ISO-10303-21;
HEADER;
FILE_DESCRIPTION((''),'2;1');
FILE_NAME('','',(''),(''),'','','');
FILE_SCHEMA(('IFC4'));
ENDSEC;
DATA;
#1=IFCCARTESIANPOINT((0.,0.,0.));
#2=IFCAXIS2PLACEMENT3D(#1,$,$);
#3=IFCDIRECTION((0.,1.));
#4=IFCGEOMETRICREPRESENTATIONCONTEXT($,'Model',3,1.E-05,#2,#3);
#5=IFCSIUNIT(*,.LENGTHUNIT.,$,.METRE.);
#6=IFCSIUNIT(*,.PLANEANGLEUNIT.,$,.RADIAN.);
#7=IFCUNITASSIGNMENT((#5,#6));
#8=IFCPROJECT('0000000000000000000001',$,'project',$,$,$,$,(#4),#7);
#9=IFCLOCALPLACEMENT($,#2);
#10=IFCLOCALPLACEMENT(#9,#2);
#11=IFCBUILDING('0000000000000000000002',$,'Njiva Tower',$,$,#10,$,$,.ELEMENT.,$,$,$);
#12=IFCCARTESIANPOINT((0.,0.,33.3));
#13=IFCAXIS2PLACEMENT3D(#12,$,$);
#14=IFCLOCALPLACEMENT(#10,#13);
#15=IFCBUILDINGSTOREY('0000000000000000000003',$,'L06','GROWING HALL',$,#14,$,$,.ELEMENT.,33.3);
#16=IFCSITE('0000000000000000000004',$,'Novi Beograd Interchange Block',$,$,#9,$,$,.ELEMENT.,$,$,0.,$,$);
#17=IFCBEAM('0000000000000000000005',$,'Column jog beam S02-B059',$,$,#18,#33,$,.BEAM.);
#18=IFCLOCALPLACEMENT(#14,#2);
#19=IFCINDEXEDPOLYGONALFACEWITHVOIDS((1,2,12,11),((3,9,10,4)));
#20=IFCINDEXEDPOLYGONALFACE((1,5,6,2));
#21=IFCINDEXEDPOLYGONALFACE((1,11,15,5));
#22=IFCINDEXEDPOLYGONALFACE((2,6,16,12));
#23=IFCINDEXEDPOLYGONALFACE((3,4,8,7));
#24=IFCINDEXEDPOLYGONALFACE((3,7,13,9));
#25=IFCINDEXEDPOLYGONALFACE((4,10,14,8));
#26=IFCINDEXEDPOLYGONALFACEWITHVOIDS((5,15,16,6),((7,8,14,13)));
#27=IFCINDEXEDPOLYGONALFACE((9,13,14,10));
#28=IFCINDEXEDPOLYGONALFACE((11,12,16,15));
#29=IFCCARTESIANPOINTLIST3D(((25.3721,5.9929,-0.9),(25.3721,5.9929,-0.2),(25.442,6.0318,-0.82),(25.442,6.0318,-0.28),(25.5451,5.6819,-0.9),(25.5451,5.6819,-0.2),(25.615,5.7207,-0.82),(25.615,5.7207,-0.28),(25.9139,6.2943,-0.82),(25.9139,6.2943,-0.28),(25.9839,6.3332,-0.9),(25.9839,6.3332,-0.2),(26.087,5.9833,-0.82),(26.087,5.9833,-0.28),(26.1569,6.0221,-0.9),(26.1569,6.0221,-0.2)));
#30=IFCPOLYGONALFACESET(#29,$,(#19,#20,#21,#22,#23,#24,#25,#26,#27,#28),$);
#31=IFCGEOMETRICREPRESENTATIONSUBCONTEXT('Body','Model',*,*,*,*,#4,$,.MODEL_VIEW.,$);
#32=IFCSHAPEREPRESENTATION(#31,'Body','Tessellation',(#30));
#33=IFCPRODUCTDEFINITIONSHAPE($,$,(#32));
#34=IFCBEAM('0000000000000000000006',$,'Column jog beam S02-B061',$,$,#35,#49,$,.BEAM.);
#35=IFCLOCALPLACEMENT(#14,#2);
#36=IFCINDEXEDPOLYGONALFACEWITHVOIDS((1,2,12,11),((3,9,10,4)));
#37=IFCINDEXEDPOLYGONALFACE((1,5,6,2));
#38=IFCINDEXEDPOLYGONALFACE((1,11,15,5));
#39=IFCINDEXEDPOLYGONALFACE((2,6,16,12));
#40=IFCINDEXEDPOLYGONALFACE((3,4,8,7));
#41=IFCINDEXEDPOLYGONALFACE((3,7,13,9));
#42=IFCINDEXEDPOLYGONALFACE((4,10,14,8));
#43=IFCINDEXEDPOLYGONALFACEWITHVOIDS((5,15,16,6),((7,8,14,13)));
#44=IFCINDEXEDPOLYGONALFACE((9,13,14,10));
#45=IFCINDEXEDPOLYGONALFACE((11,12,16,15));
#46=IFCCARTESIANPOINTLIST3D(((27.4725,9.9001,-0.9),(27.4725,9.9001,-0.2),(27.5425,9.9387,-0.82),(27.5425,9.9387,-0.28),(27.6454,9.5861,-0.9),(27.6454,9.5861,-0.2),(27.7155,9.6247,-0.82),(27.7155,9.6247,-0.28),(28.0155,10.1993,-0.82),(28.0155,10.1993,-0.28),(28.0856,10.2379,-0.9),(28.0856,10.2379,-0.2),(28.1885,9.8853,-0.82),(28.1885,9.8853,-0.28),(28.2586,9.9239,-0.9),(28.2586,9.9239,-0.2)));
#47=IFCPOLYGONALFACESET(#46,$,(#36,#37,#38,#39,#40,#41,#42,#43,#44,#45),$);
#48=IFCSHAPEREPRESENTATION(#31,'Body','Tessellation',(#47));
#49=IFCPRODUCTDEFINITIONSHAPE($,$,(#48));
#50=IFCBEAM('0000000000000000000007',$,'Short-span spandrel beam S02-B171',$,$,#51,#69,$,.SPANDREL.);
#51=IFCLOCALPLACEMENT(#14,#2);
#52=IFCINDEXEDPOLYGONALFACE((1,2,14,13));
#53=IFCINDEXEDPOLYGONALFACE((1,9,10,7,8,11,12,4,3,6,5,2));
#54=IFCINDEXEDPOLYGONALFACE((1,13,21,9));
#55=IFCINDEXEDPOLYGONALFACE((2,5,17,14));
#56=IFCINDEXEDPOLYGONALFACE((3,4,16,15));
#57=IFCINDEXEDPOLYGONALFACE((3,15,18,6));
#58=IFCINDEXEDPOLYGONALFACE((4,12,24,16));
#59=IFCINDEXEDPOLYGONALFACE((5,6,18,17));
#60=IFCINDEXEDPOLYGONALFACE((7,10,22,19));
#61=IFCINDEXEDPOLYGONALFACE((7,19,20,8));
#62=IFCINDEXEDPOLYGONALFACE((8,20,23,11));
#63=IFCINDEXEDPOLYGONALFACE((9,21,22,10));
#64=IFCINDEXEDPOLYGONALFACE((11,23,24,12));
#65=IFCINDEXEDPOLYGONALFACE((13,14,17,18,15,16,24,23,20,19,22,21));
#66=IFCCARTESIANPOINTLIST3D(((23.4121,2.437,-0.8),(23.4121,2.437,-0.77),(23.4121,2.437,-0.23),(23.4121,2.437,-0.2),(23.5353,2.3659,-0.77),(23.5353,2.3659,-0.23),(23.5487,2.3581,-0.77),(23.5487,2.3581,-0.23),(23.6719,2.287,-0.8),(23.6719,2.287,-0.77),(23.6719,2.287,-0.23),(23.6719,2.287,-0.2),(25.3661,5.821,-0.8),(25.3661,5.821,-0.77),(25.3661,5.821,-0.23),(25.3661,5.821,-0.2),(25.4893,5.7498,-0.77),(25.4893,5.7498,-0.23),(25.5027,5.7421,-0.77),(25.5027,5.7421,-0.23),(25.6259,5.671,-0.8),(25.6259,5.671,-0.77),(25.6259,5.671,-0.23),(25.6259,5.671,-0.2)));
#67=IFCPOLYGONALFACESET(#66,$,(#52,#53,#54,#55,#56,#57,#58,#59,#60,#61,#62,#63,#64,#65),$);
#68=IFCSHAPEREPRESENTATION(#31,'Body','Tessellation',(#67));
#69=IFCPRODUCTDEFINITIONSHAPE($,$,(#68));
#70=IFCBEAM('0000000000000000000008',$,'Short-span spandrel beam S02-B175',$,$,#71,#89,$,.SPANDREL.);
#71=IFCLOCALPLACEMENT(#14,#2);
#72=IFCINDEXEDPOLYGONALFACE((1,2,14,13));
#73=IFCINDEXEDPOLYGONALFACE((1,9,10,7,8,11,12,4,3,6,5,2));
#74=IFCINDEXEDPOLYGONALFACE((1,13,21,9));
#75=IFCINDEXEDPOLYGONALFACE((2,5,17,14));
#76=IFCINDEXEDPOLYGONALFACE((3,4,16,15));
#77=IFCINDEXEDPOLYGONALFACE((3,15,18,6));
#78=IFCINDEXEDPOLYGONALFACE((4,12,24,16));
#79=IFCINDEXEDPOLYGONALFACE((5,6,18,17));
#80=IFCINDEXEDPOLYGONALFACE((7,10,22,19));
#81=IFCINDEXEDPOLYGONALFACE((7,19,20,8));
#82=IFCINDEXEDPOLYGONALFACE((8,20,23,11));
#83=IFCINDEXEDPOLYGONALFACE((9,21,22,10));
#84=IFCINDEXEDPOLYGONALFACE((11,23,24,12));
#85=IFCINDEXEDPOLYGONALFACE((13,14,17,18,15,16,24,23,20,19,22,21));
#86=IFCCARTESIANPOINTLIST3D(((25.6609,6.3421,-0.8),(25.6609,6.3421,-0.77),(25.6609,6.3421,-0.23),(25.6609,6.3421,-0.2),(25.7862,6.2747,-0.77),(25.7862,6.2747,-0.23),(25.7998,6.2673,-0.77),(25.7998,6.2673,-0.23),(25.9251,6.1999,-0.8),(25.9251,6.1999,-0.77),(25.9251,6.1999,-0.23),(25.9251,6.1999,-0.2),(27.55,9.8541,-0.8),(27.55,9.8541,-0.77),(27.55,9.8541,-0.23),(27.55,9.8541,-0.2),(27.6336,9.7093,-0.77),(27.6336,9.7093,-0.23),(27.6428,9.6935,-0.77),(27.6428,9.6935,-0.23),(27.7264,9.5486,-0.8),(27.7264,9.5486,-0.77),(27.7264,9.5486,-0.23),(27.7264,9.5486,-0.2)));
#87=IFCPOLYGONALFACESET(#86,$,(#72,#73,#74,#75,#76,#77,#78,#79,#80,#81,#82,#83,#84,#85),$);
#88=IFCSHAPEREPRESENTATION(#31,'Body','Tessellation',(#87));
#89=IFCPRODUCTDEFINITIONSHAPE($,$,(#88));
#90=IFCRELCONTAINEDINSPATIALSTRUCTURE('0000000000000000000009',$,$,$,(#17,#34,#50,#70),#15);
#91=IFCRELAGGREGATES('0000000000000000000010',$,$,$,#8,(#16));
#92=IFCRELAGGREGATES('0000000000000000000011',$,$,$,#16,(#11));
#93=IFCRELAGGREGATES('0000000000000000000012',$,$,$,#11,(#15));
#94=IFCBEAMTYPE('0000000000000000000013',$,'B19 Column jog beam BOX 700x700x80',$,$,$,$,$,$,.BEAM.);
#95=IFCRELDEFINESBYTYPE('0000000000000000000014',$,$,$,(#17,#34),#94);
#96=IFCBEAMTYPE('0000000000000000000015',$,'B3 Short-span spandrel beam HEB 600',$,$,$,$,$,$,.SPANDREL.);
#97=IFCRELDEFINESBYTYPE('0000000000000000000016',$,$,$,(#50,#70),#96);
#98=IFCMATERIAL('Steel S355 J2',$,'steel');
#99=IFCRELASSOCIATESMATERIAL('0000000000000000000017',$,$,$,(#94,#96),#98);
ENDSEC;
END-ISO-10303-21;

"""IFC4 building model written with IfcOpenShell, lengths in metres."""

from ifc_helpers import new_model, si_unit, direction, frame, origin, origin_2d, place, context, subcontext, project, spatial, hollow_rectangle, i_section, extrude, clip, halfspace, material, material_profile, profile_set, type_object, element, save


model = new_model("IFC4")

# Units and contexts
model_context = context("Model", 3, precision=1e-05, world=origin(), true_north=direction((0.0, 1.0)))
body_context = subcontext(model_context, "Body", "Model", "MODEL_VIEW")
ifc_project = project(units=[si_unit("LENGTHUNIT", "METRE"), si_unit("PLANEANGLEUNIT", "RADIAN")], contexts=[model_context])

# Site, building, storey
site_placement = place(None, origin())
site = spatial("IfcSite", under=ifc_project, at=site_placement, Name="Novi Beograd Interchange Block", CompositionType="ELEMENT", RefElevation=0.0)
building_placement = place(site_placement, origin())
building = spatial("IfcBuilding", under=site, at=building_placement, Name="Njiva Tower", CompositionType="ELEMENT")
storey_placement = place(building_placement, frame((0.0, 0.0, 33.3)))
storey = spatial("IfcBuildingStorey", under=building, at=storey_placement, Name="L06", Description="GROWING HALL", CompositionType="ELEMENT", Elevation=33.3)

# Shared definitions
ifc_material_1 = material(Name="Steel S355 J2", Category="steel")

# Beams
ifc_material_profile_1 = material_profile(ifc_material_1, hollow_rectangle(XDim=0.7, YDim=0.7, WallThickness=0.08, at=origin_2d()), Name="BOX 700x700x80")
ifc_profile_set_1 = profile_set([ifc_material_profile_1], Name="Steel S355 J2")
beam_type_1 = type_object("IfcBeamType", Name="B19 Column jog beam BOX 700x700x80", PredefinedType="BEAM", material=ifc_profile_set_1)
beam_1_placement = place(storey_placement, frame((25.851, 5.852, -0.55), z_axis=(-0.48612, 0.873892, 0.0), x_axis=(-0.873892, -0.48612, 0.0)))
element("IfcBeam", 1, at=beam_1_placement, inside=storey, type_object=beam_type_1, Name="Column jog beam S02-B059", PredefinedType="BEAM", context=body_context, shape_type="SweptSolid", body=[
    extrude(hollow_rectangle(XDim=0.7, YDim=0.7, WallThickness=0.08, at=origin_2d()), origin(), (0.0, 0.0, 1.0), 0.3559),
])
beam_2_placement = place(storey_placement, frame((27.952, 9.755, -0.55), z_axis=(-0.482561, 0.875862, 0.0), x_axis=(-0.875862, -0.482561, 0.0)))
element("IfcBeam", 2, at=beam_2_placement, inside=storey, type_object=beam_type_1, Name="Column jog beam S02-B061", PredefinedType="BEAM", context=body_context, shape_type="SweptSolid", body=[
    extrude(hollow_rectangle(XDim=0.7, YDim=0.7, WallThickness=0.08, at=origin_2d()), origin(), (0.0, 0.0, 1.0), 0.3585),
])
ifc_material_profile_2 = material_profile(ifc_material_1, i_section(OverallWidth=0.3, OverallDepth=0.6, WebThickness=0.0155, FlangeThickness=0.03, at=origin_2d()), Name="HEB 600")
ifc_profile_set_2 = profile_set([ifc_material_profile_2], Name="Steel S355 J2")
beam_type_2 = type_object("IfcBeamType", Name="B3 Short-span spandrel beam HEB 600", PredefinedType="SPANDREL", material=ifc_profile_set_2)
beam_3_placement = place(storey_placement, frame((23.542, 2.362, -0.5), z_axis=(0.500047, 0.865998, 0.0), x_axis=(-0.865998, 0.500047, 0.0)))
element("IfcBeam", 3, at=beam_3_placement, inside=storey, type_object=beam_type_2, Name="Short-span spandrel beam S02-B171", PredefinedType="SPANDREL", context=body_context, shape_type="SweptSolid", body=[
    extrude(i_section(OverallWidth=0.3, OverallDepth=0.6, WebThickness=0.0155, FlangeThickness=0.03, at=origin_2d()), origin(), (0.0, 0.0, 1.0), 3.9076),
])
beam_4_placement = place(storey_placement, frame((25.793, 6.271, -0.5), z_axis=(0.473717, 0.880677, 0.0), x_axis=(-0.880677, 0.473717, 0.0)))
element("IfcBeam", 4, at=beam_4_placement, inside=storey, type_object=beam_type_2, Name="Short-span spandrel beam S02-B175", PredefinedType="SPANDREL", context=body_context, shape_type="Clipping", body=[
    clip(extrude(i_section(OverallWidth=0.3, OverallDepth=0.6, WebThickness=0.0155, FlangeThickness=0.03, at=origin_2d()), origin(), (0.0, 0.0, 1.0), 4.0077), halfspace(frame((-0.0266, 0.0, 3.8787), z_axis=(-0.525832, 0.0, 0.850588), x_axis=(0.0, 1.0, 0.0)), False)),
])

save(model, "model.ifc")
